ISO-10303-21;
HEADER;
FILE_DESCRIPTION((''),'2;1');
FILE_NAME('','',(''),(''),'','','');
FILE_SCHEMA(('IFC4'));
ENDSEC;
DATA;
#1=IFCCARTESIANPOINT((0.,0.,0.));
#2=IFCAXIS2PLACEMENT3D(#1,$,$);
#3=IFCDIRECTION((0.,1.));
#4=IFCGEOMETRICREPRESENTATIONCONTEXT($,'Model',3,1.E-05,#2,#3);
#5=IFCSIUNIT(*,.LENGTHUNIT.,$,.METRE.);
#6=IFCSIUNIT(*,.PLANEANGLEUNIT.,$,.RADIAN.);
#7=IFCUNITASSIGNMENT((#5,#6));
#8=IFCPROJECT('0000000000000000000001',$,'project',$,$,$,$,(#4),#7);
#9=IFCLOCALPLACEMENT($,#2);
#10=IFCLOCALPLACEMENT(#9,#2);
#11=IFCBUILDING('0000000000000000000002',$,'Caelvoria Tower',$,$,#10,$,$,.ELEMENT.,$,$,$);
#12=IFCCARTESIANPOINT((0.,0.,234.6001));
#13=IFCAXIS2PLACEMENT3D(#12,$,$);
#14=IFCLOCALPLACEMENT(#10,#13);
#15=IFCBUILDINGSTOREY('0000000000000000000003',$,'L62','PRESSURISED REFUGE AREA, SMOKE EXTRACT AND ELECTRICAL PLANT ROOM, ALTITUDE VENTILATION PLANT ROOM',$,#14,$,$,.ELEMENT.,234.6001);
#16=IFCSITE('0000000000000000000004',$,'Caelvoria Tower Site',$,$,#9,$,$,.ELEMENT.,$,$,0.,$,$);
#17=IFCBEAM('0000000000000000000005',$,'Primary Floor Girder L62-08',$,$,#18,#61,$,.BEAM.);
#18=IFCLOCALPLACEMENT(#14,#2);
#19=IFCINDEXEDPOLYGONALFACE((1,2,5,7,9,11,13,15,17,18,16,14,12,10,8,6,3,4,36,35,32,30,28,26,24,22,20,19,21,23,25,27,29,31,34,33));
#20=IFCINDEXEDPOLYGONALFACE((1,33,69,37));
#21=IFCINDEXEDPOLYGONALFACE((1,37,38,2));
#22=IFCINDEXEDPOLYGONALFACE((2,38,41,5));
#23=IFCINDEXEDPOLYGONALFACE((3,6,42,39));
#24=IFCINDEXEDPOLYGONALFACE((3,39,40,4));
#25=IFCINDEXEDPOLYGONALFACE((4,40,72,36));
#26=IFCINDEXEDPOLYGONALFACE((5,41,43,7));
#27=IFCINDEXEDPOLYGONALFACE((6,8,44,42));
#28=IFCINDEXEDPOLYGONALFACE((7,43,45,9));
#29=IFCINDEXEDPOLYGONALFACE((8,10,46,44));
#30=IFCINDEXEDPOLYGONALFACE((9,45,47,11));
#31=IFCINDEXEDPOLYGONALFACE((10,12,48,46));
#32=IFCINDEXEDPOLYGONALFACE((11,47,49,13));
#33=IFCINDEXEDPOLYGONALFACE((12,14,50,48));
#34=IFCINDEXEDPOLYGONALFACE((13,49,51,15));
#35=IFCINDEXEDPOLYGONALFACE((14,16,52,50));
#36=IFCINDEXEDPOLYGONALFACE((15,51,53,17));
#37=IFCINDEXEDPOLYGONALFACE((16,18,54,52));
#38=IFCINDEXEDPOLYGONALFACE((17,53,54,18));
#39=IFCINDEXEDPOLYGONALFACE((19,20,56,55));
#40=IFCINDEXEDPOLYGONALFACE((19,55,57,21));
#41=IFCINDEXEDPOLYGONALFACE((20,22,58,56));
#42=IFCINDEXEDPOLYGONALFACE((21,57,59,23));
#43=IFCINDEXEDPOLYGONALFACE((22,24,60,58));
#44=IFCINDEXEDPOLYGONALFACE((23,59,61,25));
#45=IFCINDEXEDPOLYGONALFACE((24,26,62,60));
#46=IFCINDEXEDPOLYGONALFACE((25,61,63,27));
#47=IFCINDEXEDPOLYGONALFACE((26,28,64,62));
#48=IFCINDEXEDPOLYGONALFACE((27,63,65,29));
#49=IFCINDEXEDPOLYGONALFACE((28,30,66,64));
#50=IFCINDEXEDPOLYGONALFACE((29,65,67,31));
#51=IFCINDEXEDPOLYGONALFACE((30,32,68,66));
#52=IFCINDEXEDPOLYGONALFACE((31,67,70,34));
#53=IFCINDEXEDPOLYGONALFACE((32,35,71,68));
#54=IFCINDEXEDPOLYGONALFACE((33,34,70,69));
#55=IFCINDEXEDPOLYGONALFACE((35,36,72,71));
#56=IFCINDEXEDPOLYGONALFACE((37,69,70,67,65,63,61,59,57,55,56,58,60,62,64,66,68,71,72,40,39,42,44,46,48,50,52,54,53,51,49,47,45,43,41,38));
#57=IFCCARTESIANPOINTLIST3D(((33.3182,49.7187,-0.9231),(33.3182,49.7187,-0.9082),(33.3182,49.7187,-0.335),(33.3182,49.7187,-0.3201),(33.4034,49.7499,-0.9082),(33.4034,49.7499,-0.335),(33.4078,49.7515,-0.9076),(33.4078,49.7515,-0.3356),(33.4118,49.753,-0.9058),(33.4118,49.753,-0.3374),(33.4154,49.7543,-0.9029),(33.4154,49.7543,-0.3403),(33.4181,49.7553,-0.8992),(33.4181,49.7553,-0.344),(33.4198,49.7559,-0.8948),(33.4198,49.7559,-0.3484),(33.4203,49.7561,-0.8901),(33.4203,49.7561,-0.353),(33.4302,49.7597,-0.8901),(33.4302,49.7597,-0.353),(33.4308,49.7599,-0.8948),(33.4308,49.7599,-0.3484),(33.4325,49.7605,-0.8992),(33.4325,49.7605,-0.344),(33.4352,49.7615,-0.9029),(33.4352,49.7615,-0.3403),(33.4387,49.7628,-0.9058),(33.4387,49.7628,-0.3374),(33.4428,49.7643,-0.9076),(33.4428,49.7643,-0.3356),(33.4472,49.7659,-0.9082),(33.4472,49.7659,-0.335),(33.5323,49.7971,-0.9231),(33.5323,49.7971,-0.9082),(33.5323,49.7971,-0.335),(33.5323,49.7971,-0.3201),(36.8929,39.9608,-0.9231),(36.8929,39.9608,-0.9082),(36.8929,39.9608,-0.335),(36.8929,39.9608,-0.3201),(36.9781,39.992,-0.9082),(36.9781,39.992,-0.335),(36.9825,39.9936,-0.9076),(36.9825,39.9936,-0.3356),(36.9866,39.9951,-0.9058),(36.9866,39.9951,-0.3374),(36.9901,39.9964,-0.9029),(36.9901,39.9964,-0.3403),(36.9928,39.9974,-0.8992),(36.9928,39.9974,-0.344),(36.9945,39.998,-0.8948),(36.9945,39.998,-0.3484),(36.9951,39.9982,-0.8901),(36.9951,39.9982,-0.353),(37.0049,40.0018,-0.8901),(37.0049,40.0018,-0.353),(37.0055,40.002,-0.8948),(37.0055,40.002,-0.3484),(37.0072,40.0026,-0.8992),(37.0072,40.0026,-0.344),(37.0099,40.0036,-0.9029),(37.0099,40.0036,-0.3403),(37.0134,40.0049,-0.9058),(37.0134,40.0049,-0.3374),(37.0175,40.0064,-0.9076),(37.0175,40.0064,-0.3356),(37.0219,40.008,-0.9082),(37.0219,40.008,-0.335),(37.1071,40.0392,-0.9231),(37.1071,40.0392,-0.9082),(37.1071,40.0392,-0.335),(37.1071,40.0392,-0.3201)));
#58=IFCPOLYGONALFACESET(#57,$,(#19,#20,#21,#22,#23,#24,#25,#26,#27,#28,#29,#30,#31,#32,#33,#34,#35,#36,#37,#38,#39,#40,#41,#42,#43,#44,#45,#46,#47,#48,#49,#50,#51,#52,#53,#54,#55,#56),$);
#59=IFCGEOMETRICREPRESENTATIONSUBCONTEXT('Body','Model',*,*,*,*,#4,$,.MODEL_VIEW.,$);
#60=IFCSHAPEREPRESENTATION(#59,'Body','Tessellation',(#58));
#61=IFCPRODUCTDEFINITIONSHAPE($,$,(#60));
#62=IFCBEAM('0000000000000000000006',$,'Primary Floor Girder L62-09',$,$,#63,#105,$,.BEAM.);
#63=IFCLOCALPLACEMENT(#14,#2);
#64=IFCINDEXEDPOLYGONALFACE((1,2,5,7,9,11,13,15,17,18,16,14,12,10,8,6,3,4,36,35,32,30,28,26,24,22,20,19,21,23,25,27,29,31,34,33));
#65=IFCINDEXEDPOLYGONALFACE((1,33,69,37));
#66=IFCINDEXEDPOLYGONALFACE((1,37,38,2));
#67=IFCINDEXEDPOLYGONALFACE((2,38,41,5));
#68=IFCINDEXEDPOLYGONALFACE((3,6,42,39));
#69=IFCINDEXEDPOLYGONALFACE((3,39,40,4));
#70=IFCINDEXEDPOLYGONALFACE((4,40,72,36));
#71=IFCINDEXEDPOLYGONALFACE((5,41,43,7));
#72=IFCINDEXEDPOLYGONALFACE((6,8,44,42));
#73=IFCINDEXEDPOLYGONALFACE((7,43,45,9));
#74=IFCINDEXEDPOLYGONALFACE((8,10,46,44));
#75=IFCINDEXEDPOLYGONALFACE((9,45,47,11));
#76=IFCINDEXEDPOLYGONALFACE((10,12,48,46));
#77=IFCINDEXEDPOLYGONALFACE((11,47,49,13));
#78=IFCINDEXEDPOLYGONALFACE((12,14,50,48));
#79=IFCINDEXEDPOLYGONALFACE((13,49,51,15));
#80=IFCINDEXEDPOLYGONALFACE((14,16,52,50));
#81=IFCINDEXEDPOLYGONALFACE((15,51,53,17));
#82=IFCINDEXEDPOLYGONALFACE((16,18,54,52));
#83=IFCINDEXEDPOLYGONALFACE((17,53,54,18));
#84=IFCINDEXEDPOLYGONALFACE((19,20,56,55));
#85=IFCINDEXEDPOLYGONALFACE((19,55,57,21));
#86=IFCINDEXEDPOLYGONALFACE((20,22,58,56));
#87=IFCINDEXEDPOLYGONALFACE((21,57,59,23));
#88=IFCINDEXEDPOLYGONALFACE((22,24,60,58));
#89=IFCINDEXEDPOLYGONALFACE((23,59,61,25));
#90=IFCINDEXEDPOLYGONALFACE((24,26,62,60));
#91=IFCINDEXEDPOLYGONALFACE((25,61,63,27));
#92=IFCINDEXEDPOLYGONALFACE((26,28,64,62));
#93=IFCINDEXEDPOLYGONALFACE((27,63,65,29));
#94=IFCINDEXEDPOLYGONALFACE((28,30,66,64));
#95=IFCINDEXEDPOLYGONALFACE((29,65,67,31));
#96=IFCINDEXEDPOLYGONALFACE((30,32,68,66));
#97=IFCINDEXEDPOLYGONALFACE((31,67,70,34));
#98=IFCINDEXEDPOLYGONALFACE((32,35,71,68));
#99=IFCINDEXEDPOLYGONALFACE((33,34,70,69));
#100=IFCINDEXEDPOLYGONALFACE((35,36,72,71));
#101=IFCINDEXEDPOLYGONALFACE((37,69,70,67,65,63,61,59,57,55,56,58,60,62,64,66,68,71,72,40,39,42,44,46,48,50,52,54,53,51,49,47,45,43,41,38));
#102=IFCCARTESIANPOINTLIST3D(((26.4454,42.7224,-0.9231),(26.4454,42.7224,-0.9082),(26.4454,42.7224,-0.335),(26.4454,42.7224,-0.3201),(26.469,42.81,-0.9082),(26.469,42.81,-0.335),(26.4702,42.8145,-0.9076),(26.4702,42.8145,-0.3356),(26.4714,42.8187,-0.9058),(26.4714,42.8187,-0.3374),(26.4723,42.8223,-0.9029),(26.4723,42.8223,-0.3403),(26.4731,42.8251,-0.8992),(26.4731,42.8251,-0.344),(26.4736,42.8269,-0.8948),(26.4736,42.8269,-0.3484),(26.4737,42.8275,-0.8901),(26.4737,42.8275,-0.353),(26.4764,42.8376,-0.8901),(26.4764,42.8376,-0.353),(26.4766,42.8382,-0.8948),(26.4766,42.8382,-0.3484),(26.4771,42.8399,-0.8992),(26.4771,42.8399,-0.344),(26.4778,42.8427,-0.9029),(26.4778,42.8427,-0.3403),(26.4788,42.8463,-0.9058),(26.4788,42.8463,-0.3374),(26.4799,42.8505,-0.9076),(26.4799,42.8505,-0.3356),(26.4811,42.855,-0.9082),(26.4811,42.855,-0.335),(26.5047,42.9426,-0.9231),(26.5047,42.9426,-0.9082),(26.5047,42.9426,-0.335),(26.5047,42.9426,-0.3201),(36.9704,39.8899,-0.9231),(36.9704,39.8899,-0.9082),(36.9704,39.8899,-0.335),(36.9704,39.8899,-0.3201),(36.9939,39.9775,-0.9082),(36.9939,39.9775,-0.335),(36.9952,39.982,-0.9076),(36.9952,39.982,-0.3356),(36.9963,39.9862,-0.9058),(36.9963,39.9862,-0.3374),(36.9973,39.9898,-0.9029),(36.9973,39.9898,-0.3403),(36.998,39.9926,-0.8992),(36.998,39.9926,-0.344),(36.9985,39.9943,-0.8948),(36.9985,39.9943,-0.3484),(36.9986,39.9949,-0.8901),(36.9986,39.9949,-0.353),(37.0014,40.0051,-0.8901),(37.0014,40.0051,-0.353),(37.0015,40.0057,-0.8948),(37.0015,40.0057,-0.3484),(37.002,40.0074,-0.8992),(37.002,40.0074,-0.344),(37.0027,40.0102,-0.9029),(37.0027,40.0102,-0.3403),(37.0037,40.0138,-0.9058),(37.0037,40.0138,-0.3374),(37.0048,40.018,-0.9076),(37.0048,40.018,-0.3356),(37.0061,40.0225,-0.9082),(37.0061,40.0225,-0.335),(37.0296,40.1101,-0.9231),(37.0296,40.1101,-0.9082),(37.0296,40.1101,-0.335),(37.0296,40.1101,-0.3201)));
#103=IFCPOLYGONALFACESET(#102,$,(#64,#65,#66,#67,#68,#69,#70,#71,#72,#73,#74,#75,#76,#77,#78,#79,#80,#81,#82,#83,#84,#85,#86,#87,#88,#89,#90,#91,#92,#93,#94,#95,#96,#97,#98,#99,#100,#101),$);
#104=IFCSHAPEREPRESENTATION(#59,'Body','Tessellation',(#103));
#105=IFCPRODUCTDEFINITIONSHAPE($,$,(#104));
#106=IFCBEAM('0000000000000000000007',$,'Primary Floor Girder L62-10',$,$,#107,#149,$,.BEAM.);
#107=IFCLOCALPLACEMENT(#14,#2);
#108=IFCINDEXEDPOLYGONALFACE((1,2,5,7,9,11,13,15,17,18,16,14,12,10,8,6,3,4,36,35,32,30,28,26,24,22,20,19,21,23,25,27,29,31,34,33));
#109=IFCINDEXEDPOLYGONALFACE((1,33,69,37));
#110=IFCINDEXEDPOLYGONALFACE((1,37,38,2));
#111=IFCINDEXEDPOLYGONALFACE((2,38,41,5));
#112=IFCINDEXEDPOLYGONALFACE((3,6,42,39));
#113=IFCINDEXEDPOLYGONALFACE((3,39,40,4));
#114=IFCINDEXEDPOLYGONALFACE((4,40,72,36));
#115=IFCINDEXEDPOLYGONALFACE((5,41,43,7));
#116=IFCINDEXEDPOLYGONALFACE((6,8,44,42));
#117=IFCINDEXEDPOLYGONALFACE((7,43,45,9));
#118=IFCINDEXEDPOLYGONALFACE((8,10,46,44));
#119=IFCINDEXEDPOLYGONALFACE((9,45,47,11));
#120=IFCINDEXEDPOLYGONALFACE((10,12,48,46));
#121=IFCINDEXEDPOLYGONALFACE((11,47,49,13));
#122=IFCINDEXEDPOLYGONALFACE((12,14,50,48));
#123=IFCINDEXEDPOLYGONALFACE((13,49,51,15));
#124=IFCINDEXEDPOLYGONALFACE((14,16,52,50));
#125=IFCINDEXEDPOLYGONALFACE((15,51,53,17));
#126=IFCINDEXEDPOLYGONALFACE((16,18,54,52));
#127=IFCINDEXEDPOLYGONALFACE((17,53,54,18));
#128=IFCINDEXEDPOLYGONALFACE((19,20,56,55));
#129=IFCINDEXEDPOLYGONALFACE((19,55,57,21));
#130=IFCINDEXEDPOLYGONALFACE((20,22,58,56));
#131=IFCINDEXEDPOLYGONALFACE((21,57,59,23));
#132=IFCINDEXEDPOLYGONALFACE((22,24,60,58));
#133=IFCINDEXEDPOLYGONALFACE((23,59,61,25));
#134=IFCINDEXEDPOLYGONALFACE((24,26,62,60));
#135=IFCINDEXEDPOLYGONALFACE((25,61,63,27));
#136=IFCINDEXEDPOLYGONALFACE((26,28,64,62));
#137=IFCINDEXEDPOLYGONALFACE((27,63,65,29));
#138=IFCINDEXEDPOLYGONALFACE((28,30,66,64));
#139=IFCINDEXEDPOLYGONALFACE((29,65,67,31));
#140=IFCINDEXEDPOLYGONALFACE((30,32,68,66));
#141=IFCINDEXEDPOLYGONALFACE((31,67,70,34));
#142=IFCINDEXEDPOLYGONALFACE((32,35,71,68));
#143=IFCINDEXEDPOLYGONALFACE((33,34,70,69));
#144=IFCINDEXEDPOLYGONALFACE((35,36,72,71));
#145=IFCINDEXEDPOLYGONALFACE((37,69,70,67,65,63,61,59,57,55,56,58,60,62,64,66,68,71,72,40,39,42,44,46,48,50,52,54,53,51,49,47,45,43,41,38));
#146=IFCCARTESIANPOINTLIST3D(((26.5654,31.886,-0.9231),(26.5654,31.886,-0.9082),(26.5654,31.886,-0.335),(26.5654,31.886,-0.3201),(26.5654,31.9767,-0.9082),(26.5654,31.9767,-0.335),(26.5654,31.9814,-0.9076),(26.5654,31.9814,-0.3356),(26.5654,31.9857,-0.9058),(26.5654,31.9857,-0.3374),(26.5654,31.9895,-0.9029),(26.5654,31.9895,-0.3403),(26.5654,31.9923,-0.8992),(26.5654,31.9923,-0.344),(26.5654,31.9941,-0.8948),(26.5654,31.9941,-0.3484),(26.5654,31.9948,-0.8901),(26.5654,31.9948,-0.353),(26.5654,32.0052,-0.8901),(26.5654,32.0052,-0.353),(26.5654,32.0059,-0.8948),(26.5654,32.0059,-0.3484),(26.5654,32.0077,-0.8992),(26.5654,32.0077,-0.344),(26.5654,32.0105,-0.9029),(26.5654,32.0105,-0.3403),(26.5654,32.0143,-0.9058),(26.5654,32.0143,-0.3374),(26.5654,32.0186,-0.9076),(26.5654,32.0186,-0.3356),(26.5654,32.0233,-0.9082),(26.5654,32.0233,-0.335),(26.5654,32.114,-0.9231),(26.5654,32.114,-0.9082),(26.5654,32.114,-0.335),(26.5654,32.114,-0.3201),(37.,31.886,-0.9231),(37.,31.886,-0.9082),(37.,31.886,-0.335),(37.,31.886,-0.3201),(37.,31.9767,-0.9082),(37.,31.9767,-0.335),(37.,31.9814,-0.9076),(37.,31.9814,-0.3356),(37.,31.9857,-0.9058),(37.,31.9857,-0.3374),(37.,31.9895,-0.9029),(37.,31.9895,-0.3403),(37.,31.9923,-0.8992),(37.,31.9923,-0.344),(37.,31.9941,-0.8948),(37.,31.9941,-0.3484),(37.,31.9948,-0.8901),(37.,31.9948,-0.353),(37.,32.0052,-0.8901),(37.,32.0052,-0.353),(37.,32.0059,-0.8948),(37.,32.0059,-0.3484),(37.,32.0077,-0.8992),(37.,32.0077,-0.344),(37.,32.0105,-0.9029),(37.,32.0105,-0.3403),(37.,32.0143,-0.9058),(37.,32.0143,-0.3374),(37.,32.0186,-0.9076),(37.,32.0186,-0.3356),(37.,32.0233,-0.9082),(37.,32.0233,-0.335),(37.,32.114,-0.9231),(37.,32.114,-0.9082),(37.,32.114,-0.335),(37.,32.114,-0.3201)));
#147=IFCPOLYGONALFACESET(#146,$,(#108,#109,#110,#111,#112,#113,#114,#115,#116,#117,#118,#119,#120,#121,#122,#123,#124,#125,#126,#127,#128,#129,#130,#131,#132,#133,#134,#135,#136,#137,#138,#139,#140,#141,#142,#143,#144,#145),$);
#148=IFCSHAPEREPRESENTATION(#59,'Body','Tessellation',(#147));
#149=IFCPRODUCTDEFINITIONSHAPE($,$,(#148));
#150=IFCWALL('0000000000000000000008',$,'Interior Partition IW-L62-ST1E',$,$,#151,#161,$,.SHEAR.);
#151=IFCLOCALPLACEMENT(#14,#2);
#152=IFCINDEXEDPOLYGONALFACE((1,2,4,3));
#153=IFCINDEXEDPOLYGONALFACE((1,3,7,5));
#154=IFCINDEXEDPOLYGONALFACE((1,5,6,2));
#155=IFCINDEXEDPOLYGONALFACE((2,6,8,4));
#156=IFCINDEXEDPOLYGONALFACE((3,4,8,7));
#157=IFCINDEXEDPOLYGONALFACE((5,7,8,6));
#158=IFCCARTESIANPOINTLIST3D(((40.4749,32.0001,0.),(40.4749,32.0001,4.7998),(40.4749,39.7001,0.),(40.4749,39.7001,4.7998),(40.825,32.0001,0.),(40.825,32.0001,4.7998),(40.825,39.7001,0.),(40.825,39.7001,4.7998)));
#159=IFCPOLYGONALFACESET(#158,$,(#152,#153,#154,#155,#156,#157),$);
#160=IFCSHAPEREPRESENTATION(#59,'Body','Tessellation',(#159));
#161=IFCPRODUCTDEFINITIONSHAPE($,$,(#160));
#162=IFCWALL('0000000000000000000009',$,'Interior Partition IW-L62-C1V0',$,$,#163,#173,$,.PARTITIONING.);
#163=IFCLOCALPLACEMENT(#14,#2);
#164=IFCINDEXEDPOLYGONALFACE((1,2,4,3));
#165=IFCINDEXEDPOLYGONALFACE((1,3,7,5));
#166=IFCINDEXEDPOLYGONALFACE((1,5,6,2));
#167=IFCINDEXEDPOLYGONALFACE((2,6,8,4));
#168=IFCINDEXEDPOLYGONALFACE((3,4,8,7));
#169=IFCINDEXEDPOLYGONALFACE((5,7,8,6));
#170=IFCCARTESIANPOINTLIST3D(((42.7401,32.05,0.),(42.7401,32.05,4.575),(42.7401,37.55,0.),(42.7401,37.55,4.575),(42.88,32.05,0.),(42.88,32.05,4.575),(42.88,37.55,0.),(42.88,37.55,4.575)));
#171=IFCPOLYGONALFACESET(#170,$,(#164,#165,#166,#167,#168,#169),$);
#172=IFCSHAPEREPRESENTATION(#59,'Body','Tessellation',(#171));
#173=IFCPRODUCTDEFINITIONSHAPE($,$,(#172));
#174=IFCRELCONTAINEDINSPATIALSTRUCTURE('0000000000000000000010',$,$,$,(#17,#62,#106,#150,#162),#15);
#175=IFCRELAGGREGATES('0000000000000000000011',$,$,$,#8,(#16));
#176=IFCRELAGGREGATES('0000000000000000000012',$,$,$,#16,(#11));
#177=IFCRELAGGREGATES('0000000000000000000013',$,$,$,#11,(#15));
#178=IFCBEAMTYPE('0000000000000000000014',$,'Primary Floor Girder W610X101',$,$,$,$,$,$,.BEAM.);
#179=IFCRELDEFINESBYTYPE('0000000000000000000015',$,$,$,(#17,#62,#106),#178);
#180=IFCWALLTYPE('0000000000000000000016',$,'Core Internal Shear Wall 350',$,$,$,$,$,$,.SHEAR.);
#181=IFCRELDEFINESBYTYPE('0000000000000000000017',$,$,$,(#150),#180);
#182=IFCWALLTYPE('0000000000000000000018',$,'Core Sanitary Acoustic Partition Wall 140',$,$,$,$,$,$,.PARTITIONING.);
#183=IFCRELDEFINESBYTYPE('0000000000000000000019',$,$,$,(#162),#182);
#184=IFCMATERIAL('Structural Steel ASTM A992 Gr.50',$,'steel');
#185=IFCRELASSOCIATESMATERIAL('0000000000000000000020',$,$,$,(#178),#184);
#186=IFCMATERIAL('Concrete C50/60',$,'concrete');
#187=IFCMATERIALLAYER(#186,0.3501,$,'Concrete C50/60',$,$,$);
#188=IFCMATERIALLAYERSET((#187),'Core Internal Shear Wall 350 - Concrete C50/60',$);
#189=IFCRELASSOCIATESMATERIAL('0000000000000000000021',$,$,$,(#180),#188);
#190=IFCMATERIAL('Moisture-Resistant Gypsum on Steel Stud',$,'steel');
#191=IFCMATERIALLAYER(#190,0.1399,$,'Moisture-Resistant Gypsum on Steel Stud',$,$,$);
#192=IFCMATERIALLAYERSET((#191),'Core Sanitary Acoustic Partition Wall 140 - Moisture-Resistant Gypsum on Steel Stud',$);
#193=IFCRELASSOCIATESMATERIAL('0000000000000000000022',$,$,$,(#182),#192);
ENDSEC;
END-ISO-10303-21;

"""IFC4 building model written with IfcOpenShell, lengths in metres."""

from ifc_helpers import new_model, si_unit, direction, frame, frame_2d, origin, origin_2d, place, context, subcontext, project, spatial, rectangle, i_section, extrude, material, layer, layer_set, material_profile, profile_set, type_object, element, save


model = new_model("IFC4")

# Units and contexts
model_context = context("Model", 3, precision=1e-05, world=origin(), true_north=direction((0.0, 1.0)))
body_context = subcontext(model_context, "Body", "Model", "MODEL_VIEW")
ifc_project = project(units=[si_unit("LENGTHUNIT", "METRE"), si_unit("PLANEANGLEUNIT", "RADIAN")], contexts=[model_context])

# Site, building, storey
site_placement = place(None, origin())
site = spatial("IfcSite", under=ifc_project, at=site_placement, Name="Caelvoria Tower Site", CompositionType="ELEMENT", RefElevation=0.0)
building_placement = place(site_placement, origin())
building = spatial("IfcBuilding", under=site, at=building_placement, Name="Caelvoria Tower", CompositionType="ELEMENT")
storey_placement = place(building_placement, frame((0.0, 0.0, 234.6001)))
storey = spatial("IfcBuildingStorey", under=building, at=storey_placement, Name="L62", Description="PRESSURISED REFUGE AREA, SMOKE EXTRACT AND ELECTRICAL PLANT ROOM, ALTITUDE VENTILATION PLANT ROOM", CompositionType="ELEMENT", Elevation=234.6001)

# Shared definitions
ifc_material_1 = material(Name="Structural Steel ASTM A992 Gr.50", Category="steel")

# Beams
ifc_material_profile_1 = material_profile(ifc_material_1, i_section(OverallWidth=0.228, OverallDepth=0.603, WebThickness=0.0105, FlangeThickness=0.0149, FilletRadius=0.0181, at=origin_2d()), Name="Structural Steel ASTM A992 Gr.50")
ifc_profile_set_1 = profile_set([ifc_material_profile_1], Name="W610X101 - Structural Steel ASTM A992 Gr.50")
beam_type_1 = type_object("IfcBeamType", Name="Primary Floor Girder W610X101", PredefinedType="BEAM", material=ifc_profile_set_1)
beam_1_placement = place(storey_placement, frame((37.0, 40.0, -0.6216), z_axis=(-0.343987, 0.938974, 0.0), x_axis=(-0.938974, -0.343987, 0.0)))
element("IfcBeam", 1, at=beam_1_placement, inside=storey, type_object=beam_type_1, Name="Primary Floor Girder L62-08", PredefinedType="BEAM", context=body_context, shape_type="SweptSolid", body=[
    extrude(i_section(OverallWidth=0.228, OverallDepth=0.603, WebThickness=0.0105, FlangeThickness=0.0149, FilletRadius=0.0181, at=origin_2d()), origin(), (0.0, 0.0, 1.0), 10.3921),
])
beam_2_placement = place(storey_placement, frame((37.0, 40.0, -0.6216), z_axis=(-0.965641, 0.259879, 0.0), x_axis=(-0.259879, -0.965641, 0.0)))
element("IfcBeam", 2, at=beam_2_placement, inside=storey, type_object=beam_type_1, Name="Primary Floor Girder L62-09", PredefinedType="BEAM", context=body_context, shape_type="SweptSolid", body=[
    extrude(i_section(OverallWidth=0.228, OverallDepth=0.603, WebThickness=0.0105, FlangeThickness=0.0149, FilletRadius=0.0181, at=origin_2d()), origin(), (0.0, 0.0, 1.0), 10.8994),
])
beam_3_placement = place(storey_placement, frame((37.0, 32.0, -0.6216), z_axis=(-1.0, 0.0, 0.0), x_axis=(0.0, -1.0, 0.0)))
element("IfcBeam", 3, at=beam_3_placement, inside=storey, type_object=beam_type_1, Name="Primary Floor Girder L62-10", PredefinedType="BEAM", context=body_context, shape_type="SweptSolid", body=[
    extrude(i_section(OverallWidth=0.228, OverallDepth=0.603, WebThickness=0.0105, FlangeThickness=0.0149, FilletRadius=0.0181, at=origin_2d()), origin(), (0.0, 0.0, 1.0), 10.4346),
])

# Walls
ifc_material_2 = material(Name="Concrete C50/60", Category="concrete")
ifc_layer_1 = layer(ifc_material_2, 0.3501, Name="Concrete C50/60")
ifc_layer_set_1 = layer_set([ifc_layer_1], Name="Core Internal Shear Wall 350 - Concrete C50/60")
wall_type_1 = type_object("IfcWallType", Name="Core Internal Shear Wall 350", PredefinedType="SHEAR", material=ifc_layer_set_1)
wall_1_placement = place(storey_placement, frame((40.6499, 32.0, 0.0), z_axis=(0.0, 0.0, 1.0), x_axis=(0.0, 1.0, 0.0)))
element("IfcWall", 4, at=wall_1_placement, inside=storey, type_object=wall_type_1, Name="Interior Partition IW-L62-ST1E", PredefinedType="SHEAR", context=body_context, shape_type="SweptSolid", body=[
    extrude(rectangle(XDim=7.7, YDim=0.3501, at=frame_2d((3.8501, 0.0))), origin(), (0.0, 0.0, 1.0), 4.7998),
])
ifc_material_3 = material(Name="Moisture-Resistant Gypsum on Steel Stud", Category="steel")
ifc_layer_2 = layer(ifc_material_3, 0.1399, Name="Moisture-Resistant Gypsum on Steel Stud")
ifc_layer_set_2 = layer_set([ifc_layer_2], Name="Core Sanitary Acoustic Partition Wall 140 - Moisture-Resistant Gypsum on Steel Stud")
wall_type_2 = type_object("IfcWallType", Name="Core Sanitary Acoustic Partition Wall 140", PredefinedType="PARTITIONING", material=ifc_layer_set_2)
wall_2_placement = place(storey_placement, frame((42.8101, 32.05, 0.0), z_axis=(0.0, 0.0, 1.0), x_axis=(0.0, 1.0, 0.0)))
element("IfcWall", 5, at=wall_2_placement, inside=storey, type_object=wall_type_2, Name="Interior Partition IW-L62-C1V0", PredefinedType="PARTITIONING", context=body_context, shape_type="SweptSolid", body=[
    extrude(rectangle(XDim=5.5, YDim=0.1399, at=frame_2d((2.75, 0.0))), origin(), (0.0, 0.0, 1.0), 4.575),
])

save(model, "model.ifc")
